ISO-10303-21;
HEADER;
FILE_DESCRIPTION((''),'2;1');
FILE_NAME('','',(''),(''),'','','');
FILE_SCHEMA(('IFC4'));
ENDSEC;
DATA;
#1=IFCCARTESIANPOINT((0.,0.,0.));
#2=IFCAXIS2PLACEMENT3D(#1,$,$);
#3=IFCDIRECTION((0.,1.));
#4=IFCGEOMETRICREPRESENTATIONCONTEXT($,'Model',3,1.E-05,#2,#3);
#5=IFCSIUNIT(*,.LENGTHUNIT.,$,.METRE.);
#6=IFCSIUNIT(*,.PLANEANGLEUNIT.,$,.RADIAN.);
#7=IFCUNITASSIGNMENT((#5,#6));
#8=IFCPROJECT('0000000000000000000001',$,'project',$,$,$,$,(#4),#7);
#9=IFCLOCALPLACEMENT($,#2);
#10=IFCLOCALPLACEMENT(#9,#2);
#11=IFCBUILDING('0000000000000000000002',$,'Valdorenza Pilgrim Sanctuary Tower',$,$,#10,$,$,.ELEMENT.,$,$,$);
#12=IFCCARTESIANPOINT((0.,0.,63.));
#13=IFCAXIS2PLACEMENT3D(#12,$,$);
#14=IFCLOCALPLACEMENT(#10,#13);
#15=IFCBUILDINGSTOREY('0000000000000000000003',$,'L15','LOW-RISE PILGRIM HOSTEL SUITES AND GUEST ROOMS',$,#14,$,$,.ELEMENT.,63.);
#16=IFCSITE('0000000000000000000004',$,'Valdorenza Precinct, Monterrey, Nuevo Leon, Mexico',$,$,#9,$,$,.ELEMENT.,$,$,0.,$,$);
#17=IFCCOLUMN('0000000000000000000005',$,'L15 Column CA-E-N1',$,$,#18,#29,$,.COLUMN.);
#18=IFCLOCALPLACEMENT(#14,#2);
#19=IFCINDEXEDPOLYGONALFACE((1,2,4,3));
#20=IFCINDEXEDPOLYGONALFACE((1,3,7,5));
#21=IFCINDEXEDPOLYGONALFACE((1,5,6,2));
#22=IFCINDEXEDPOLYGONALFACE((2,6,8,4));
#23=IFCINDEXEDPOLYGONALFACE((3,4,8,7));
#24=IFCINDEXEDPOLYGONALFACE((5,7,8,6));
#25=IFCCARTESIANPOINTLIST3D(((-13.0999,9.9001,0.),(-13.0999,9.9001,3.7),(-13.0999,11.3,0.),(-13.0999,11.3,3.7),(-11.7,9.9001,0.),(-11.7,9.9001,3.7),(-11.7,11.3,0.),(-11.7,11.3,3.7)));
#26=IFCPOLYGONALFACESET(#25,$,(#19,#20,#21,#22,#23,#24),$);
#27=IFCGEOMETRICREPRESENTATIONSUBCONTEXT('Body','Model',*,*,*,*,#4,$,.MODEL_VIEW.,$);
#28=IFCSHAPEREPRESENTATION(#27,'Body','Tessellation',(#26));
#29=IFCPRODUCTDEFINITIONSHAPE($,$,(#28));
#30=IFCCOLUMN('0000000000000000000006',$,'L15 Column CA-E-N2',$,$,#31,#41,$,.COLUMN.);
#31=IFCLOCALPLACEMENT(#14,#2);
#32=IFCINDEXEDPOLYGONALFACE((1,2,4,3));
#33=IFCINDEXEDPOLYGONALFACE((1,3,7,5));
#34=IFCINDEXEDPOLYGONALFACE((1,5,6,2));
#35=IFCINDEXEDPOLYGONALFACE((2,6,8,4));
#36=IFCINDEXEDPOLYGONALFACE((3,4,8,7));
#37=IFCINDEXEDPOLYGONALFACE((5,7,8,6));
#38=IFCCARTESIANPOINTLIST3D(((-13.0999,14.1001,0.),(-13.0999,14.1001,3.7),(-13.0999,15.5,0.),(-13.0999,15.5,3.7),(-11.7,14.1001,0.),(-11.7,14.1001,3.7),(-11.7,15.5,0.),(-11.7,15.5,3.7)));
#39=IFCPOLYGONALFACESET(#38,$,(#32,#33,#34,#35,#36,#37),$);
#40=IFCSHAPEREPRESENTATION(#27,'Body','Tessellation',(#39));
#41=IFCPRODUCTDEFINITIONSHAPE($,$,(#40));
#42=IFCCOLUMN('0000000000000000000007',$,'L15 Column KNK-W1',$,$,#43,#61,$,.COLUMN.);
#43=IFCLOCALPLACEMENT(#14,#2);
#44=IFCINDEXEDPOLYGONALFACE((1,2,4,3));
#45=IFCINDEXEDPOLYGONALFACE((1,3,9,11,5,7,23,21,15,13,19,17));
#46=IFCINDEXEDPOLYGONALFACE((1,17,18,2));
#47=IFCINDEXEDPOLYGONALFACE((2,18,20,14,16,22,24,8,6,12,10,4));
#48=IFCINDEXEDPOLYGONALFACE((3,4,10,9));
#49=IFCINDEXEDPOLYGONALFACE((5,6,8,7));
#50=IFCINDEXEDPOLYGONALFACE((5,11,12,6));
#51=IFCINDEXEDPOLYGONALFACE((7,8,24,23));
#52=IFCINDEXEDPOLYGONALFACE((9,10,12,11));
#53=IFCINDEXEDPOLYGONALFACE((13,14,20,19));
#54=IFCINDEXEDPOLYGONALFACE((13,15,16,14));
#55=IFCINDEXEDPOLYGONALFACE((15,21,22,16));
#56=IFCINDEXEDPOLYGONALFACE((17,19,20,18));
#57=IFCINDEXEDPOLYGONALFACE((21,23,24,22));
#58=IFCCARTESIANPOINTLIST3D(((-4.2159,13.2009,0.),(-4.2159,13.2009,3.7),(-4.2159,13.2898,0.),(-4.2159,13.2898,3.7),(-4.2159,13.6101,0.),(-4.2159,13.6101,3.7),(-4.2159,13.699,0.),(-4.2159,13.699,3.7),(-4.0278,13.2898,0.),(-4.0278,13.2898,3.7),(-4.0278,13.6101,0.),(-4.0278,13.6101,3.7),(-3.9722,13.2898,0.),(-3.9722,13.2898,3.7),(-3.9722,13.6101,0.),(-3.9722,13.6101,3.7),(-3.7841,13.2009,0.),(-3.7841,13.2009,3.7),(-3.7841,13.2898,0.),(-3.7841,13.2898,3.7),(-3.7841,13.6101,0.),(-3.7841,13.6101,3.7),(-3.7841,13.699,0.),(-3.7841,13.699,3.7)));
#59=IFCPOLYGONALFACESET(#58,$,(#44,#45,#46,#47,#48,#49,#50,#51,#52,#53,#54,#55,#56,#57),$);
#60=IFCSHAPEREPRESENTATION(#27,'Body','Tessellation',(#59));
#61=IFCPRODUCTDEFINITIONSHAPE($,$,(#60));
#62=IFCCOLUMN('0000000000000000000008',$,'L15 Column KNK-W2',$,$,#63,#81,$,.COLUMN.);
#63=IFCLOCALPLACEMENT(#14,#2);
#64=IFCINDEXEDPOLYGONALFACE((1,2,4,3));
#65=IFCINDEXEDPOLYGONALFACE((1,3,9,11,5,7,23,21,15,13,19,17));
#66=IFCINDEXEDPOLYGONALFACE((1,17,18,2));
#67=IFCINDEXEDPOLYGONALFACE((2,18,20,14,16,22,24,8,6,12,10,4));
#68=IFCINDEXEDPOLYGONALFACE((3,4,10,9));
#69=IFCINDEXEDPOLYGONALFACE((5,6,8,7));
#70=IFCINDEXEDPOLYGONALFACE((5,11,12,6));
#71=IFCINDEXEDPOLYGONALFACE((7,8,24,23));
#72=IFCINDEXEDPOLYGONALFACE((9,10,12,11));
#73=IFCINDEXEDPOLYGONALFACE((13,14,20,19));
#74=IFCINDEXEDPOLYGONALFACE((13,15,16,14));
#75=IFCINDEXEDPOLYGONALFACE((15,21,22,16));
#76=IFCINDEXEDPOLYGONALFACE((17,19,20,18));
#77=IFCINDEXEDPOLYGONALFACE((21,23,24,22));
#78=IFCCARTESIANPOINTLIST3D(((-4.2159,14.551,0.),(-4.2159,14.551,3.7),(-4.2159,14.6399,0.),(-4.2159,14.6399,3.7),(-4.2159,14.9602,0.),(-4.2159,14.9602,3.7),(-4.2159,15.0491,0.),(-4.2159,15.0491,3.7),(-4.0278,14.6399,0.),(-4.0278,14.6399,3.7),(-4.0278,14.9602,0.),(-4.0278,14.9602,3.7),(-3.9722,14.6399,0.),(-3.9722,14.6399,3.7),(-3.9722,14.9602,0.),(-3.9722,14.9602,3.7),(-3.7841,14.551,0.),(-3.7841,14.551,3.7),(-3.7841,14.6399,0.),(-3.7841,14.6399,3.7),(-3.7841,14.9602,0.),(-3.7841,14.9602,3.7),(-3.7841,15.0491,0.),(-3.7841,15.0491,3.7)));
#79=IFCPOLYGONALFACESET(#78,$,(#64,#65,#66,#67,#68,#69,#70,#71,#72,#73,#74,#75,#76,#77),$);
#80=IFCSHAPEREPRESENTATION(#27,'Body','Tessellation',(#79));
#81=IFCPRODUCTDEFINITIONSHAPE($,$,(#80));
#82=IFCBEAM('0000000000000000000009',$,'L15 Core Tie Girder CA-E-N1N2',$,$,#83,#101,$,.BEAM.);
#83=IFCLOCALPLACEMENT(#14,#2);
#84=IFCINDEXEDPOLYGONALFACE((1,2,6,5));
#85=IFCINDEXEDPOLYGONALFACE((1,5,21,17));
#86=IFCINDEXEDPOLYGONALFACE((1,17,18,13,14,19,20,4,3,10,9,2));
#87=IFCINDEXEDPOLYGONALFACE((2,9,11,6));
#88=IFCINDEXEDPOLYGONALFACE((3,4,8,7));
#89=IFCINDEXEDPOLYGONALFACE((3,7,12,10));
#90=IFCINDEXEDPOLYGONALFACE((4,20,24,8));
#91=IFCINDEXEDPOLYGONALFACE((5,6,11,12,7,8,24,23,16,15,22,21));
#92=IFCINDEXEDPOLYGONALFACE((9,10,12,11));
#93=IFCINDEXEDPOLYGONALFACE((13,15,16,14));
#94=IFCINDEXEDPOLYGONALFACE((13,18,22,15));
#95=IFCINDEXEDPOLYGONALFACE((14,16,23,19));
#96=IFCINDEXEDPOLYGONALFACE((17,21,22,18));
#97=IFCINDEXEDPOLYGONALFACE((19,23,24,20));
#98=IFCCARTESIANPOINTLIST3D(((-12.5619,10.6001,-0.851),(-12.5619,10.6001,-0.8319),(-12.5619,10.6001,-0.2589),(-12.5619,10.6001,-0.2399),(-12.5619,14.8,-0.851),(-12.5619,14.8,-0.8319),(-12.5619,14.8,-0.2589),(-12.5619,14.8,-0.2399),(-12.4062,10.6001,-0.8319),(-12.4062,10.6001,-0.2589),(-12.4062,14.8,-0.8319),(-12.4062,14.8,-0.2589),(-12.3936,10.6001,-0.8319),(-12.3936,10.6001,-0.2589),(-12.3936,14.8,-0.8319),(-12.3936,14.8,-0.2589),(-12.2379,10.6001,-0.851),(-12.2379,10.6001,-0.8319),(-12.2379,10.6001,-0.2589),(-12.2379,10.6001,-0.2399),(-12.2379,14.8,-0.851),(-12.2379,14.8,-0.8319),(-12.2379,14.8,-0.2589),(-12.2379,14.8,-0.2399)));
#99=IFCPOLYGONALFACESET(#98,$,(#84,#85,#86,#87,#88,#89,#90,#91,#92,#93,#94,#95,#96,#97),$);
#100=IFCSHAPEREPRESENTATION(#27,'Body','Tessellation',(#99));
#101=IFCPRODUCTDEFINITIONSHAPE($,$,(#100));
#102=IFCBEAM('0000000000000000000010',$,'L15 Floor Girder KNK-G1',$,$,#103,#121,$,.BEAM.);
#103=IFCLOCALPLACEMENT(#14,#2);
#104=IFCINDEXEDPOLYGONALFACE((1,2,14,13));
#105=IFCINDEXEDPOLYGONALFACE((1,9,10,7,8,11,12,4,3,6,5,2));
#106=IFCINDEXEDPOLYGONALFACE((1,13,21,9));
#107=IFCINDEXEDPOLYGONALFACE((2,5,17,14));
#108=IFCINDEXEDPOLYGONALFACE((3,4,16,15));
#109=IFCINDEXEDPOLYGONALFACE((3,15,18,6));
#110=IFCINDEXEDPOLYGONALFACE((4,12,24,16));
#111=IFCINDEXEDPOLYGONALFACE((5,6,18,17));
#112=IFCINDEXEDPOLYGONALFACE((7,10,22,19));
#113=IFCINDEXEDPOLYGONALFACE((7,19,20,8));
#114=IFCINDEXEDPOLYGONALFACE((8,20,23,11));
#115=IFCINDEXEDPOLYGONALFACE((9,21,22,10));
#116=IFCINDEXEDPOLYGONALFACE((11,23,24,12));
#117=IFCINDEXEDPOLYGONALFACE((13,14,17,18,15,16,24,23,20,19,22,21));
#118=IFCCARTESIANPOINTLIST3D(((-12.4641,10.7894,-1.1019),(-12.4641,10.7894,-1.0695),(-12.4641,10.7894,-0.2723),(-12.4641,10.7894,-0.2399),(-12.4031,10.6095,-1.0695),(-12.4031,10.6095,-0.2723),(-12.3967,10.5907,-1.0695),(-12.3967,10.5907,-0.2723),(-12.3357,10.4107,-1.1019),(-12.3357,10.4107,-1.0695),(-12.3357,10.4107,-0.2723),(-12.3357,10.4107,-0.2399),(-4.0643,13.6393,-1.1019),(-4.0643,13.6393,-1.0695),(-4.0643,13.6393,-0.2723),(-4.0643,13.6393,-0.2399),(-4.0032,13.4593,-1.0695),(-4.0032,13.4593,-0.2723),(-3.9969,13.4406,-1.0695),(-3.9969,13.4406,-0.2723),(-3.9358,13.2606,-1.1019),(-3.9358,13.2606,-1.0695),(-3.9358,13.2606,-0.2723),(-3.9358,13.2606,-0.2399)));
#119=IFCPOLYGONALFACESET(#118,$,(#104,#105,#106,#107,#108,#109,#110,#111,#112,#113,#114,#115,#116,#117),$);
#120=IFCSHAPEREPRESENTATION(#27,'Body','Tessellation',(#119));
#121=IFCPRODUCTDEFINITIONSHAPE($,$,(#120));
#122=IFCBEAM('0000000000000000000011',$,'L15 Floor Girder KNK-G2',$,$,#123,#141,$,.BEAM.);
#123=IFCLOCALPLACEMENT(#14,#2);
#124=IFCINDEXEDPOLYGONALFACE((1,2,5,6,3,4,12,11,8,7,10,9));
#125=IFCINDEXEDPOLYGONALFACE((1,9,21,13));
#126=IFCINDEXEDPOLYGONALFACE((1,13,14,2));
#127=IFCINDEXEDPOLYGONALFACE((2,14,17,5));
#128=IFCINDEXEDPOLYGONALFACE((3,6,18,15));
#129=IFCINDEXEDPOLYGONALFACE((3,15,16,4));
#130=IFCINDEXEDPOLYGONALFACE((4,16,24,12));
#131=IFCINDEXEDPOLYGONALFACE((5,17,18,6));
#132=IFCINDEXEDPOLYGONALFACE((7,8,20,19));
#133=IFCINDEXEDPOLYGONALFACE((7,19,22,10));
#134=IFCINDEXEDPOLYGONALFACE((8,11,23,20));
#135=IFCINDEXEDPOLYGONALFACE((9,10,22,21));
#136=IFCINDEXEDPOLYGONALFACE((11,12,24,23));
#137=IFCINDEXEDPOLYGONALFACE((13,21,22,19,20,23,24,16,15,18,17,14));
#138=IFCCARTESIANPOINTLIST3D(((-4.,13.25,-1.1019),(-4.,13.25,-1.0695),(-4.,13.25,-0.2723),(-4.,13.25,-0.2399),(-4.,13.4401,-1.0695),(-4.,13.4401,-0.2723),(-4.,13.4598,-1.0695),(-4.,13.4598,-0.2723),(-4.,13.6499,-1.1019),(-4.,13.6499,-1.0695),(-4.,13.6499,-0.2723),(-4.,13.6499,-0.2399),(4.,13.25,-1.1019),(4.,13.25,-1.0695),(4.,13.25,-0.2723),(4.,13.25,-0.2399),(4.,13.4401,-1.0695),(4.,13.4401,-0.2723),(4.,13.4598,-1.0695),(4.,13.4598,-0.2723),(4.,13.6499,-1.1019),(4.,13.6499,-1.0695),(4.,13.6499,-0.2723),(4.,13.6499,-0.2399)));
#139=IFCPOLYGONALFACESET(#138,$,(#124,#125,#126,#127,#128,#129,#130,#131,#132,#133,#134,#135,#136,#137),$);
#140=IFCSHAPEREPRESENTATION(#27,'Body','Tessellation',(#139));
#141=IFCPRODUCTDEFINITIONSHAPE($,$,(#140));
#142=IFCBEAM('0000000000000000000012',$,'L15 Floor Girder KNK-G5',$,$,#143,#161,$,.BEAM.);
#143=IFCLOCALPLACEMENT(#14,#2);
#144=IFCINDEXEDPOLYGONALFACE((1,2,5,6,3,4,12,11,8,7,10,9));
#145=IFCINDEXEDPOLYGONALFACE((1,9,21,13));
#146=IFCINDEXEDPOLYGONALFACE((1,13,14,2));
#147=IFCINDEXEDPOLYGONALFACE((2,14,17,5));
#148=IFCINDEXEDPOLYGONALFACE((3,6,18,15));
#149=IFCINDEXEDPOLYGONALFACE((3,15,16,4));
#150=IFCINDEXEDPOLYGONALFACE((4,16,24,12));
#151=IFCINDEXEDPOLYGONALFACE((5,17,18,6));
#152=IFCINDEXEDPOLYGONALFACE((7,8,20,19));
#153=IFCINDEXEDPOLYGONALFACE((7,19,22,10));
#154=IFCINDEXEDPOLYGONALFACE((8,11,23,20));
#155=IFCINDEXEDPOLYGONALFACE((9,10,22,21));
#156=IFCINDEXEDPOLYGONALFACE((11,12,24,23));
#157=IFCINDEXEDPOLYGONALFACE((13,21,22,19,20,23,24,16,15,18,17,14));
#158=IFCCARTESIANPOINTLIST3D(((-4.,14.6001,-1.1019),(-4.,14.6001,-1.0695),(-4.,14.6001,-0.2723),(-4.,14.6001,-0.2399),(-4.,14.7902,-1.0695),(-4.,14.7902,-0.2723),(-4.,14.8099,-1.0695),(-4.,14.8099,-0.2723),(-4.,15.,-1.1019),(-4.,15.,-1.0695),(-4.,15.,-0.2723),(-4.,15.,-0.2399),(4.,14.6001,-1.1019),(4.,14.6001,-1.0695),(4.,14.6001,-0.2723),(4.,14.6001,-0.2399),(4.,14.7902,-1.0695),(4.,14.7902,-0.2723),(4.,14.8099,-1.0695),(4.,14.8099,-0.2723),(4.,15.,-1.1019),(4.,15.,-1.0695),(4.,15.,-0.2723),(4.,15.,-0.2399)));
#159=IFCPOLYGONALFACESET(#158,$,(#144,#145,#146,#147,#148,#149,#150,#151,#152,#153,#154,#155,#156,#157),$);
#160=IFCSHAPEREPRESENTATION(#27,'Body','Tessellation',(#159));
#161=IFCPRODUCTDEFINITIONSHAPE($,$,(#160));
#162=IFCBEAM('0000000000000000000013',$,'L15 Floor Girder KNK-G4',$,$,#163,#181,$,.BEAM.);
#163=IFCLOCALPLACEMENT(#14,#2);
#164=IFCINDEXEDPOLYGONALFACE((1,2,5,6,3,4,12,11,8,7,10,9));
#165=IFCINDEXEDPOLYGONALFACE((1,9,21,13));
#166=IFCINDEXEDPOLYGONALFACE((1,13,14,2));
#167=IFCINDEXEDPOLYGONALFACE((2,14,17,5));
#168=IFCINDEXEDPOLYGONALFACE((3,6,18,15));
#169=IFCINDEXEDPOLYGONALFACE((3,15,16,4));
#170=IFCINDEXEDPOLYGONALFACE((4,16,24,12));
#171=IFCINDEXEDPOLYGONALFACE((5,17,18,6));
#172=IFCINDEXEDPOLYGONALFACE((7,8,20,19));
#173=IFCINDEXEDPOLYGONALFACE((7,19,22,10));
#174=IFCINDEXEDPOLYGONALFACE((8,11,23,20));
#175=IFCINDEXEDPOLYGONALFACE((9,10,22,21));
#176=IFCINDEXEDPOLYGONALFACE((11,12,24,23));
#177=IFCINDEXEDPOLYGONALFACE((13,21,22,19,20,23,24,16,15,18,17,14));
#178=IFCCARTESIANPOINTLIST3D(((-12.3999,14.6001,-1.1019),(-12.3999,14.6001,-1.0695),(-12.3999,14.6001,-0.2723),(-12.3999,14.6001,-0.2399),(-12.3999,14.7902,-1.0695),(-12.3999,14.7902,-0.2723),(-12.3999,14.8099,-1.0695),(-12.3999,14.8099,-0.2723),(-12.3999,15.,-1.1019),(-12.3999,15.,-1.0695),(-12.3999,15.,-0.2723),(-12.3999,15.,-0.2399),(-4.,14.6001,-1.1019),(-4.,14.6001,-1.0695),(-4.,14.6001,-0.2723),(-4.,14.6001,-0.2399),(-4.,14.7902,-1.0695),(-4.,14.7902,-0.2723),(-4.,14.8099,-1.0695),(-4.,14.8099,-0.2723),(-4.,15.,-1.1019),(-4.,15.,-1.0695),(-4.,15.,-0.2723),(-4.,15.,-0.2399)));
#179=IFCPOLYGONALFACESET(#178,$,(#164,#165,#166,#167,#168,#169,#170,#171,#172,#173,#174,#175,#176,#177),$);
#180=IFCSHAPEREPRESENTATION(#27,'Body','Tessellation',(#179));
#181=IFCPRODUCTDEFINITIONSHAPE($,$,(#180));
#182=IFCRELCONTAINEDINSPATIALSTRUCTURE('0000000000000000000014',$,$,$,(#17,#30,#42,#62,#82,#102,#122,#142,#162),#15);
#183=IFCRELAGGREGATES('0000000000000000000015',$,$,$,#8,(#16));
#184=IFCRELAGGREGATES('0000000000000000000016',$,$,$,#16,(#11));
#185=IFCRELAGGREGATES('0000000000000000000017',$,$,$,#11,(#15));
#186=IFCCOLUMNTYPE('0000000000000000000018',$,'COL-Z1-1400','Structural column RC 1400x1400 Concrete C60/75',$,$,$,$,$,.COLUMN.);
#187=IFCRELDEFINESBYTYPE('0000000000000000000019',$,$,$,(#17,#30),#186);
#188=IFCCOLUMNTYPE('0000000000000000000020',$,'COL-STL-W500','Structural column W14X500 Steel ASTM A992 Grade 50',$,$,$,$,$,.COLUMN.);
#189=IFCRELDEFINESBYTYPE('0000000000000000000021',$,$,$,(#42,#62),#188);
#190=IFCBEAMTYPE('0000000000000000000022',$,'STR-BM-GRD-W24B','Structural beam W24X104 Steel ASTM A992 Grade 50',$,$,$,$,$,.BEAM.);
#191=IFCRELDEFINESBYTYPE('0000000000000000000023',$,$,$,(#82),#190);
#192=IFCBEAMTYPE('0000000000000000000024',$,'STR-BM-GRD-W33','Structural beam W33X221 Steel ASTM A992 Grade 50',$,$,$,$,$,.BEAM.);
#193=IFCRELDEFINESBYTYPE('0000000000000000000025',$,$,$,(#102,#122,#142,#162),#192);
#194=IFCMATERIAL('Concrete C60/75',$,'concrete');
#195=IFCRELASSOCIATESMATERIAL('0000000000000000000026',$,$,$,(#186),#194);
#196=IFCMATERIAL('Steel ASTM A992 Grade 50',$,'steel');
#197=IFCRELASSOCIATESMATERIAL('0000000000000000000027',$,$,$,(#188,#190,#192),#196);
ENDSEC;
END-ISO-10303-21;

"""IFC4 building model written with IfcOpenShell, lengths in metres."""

from ifc_helpers import new_model, si_unit, direction, frame, origin, origin_2d, place, context, subcontext, project, spatial, rectangle, i_section, extrude, source, transform, mapped, material, material_profile, profile_set, type_object, element, save


model = new_model("IFC4")

# Units and contexts
model_context = context("Model", 3, precision=1e-05, world=origin(), true_north=direction((0.0, 1.0)))
body_context = subcontext(model_context, "Body", "Model", "MODEL_VIEW")
ifc_project = project(units=[si_unit("LENGTHUNIT", "METRE"), si_unit("PLANEANGLEUNIT", "RADIAN")], contexts=[model_context])

# Site, building, storey
site_placement = place(None, origin())
site = spatial("IfcSite", under=ifc_project, at=site_placement, Name="Valdorenza Precinct, Monterrey, Nuevo Leon, Mexico", CompositionType="ELEMENT", RefElevation=0.0)
building_placement = place(site_placement, origin())
building = spatial("IfcBuilding", under=site, at=building_placement, Name="Valdorenza Pilgrim Sanctuary Tower", CompositionType="ELEMENT")
storey_placement = place(building_placement, frame((0.0, 0.0, 63.0)))
storey = spatial("IfcBuildingStorey", under=building, at=storey_placement, Name="L15", Description="LOW-RISE PILGRIM HOSTEL SUITES AND GUEST ROOMS", CompositionType="ELEMENT", Elevation=63.0)

# Columns
ifc_material_1 = material(Name="Concrete C60/75", Category="concrete")
ifc_material_profile_1 = material_profile(ifc_material_1, rectangle(XDim=1.3999, YDim=1.3999, at=origin_2d()), Name="RC 1400x1400")
ifc_profile_set_1 = profile_set([ifc_material_profile_1], Name="Concrete C60/75")
column_type_1 = type_object("IfcColumnType", Name="COL-Z1-1400", Description="Structural column RC 1400x1400 Concrete C60/75", PredefinedType="COLUMN", material=ifc_profile_set_1)
shared_shape_1 = source(origin(), body_context, "Body", "SweptSolid", [
    extrude(rectangle(XDim=1.3999, YDim=1.3999, at=origin_2d()), origin(), (0.0, 0.0, 1.0), 3.7),
])
for number, where, z_axis, x_axis, name in (
    (1, (-12.3999, 10.6001, 0.0), (0.0, 0.0, 1.0), (1.0, 0.0, 0.0), "L15 Column CA-E-N1"),
    (2, (-12.3999, 14.8, 0.0), (0.0, 0.0, 1.0), (1.0, 0.0, 0.0), "L15 Column CA-E-N2"),
):
    element("IfcColumn", number, at=place(storey_placement, frame(where, z_axis=z_axis, x_axis=x_axis)), inside=storey, type_object=column_type_1, Name=name, PredefinedType="COLUMN", context=body_context, shape_type="MappedRepresentation", body=[
        mapped(shared_shape_1, transform((0.0, 0.0, 0.0), x_axis=(1.0, 0.0, 0.0), y_axis=(0.0, 1.0, 0.0), z_axis=(0.0, 0.0, 1.0), scale=1.0)),
    ])
ifc_material_2 = material(Name="Steel ASTM A992 Grade 50", Category="steel")
ifc_material_profile_2 = material_profile(ifc_material_2, i_section(OverallWidth=0.4319, OverallDepth=0.498, WebThickness=0.0557, FlangeThickness=0.0889, at=origin_2d()), Name="W14X500")
ifc_profile_set_2 = profile_set([ifc_material_profile_2], Name="Steel ASTM A992 Grade 50")
column_type_2 = type_object("IfcColumnType", Name="COL-STL-W500", Description="Structural column W14X500 Steel ASTM A992 Grade 50", PredefinedType="COLUMN", material=ifc_profile_set_2)
shared_shape_2 = source(origin(), body_context, "Body", "SweptSolid", [
    extrude(i_section(OverallWidth=0.4319, OverallDepth=0.498, WebThickness=0.0557, FlangeThickness=0.0889, at=origin_2d()), origin(), (0.0, 0.0, 1.0), 3.7),
])
for number, where, z_axis, x_axis, name in (
    (3, (-4.0, 13.45, 0.0), (0.0, 0.0, 1.0), (1.0, 0.0, 0.0), "L15 Column KNK-W1"),
    (4, (-4.0, 14.8, 0.0), (0.0, 0.0, 1.0), (1.0, 0.0, 0.0), "L15 Column KNK-W2"),
):
    element("IfcColumn", number, at=place(storey_placement, frame(where, z_axis=z_axis, x_axis=x_axis)), inside=storey, type_object=column_type_2, Name=name, PredefinedType="COLUMN", context=body_context, shape_type="MappedRepresentation", body=[
        mapped(shared_shape_2, transform((0.0, 0.0, 0.0), x_axis=(1.0, 0.0, 0.0), y_axis=(0.0, 1.0, 0.0), z_axis=(0.0, 0.0, 1.0), scale=1.0)),
    ])

# Beams
ifc_material_profile_3 = material_profile(ifc_material_2, i_section(OverallWidth=0.324, OverallDepth=0.6111, WebThickness=0.0127, FlangeThickness=0.019, at=origin_2d()), Name="W24X104")
ifc_profile_set_3 = profile_set([ifc_material_profile_3], Name="Steel ASTM A992 Grade 50")
beam_type_1 = type_object("IfcBeamType", Name="STR-BM-GRD-W24B", Description="Structural beam W24X104 Steel ASTM A992 Grade 50", PredefinedType="BEAM", material=ifc_profile_set_3)
shared_shape_3 = source(origin(), body_context, "Body", "SweptSolid", [
    extrude(i_section(OverallWidth=0.324, OverallDepth=0.6111, WebThickness=0.0127, FlangeThickness=0.019, at=origin_2d()), origin(), (0.0, 0.0, 1.0), 4.2),
])
beam_1_placement = place(storey_placement, frame((-12.3999, 10.6001, -0.5454), z_axis=(0.0, 1.0, 0.0), x_axis=(-1.0, 0.0, 0.0)))
element("IfcBeam", 5, at=beam_1_placement, inside=storey, type_object=beam_type_1, Name="L15 Core Tie Girder CA-E-N1N2", PredefinedType="BEAM", context=body_context, shape_type="MappedRepresentation", body=[
    mapped(shared_shape_3, transform((0.0, 0.0, 0.0), x_axis=(1.0, 0.0, 0.0), y_axis=(0.0, 1.0, 0.0), z_axis=(0.0, 0.0, 1.0), scale=1.0)),
])
ifc_material_profile_4 = material_profile(ifc_material_2, i_section(OverallWidth=0.3999, OverallDepth=0.8621, WebThickness=0.0198, FlangeThickness=0.0325, at=origin_2d()), Name="W33X221")
ifc_profile_set_4 = profile_set([ifc_material_profile_4], Name="Steel ASTM A992 Grade 50")
beam_type_2 = type_object("IfcBeamType", Name="STR-BM-GRD-W33", Description="Structural beam W33X221 Steel ASTM A992 Grade 50", PredefinedType="BEAM", material=ifc_profile_set_4)
shared_shape_4 = source(origin(), body_context, "Body", "SweptSolid", [
    extrude(i_section(OverallWidth=0.3999, OverallDepth=0.8621, WebThickness=0.0198, FlangeThickness=0.0325, at=origin_2d()), origin(), (0.0, 0.0, 1.0), 8.8701),
])
beam_2_placement = place(storey_placement, frame((-12.3999, 10.6001, -0.6709), z_axis=(0.946983, 0.321285, 0.0), x_axis=(-0.321285, 0.946983, 0.0)))
element("IfcBeam", 6, at=beam_2_placement, inside=storey, type_object=beam_type_2, Name="L15 Floor Girder KNK-G1", PredefinedType="BEAM", context=body_context, shape_type="MappedRepresentation", body=[
    mapped(shared_shape_4, transform((0.0, 0.0, 0.0), x_axis=(1.0, 0.0, 0.0), y_axis=(0.0, 1.0, 0.0), z_axis=(0.0, 0.0, 1.0), scale=1.0)),
])
shared_shape_5 = source(origin(), body_context, "Body", "SweptSolid", [
    extrude(i_section(OverallWidth=0.3999, OverallDepth=0.8621, WebThickness=0.0198, FlangeThickness=0.0325, at=origin_2d()), origin(), (0.0, 0.0, 1.0), 8.0),
])
for number, where, z_axis, x_axis, name in (
    (7, (-4.0, 13.45, -0.6709), (1.0, 0.0, 0.0), (0.0, 1.0, 0.0), "L15 Floor Girder KNK-G2"),
    (8, (-4.0, 14.8, -0.6709), (1.0, 0.0, 0.0), (0.0, 1.0, 0.0), "L15 Floor Girder KNK-G5"),
):
    element("IfcBeam", number, at=place(storey_placement, frame(where, z_axis=z_axis, x_axis=x_axis)), inside=storey, type_object=beam_type_2, Name=name, PredefinedType="BEAM", context=body_context, shape_type="MappedRepresentation", body=[
        mapped(shared_shape_5, transform((0.0, 0.0, 0.0), x_axis=(1.0, 0.0, 0.0), y_axis=(0.0, 1.0, 0.0), z_axis=(0.0, 0.0, 1.0), scale=1.0)),
    ])
shared_shape_6 = source(origin(), body_context, "Body", "SweptSolid", [
    extrude(i_section(OverallWidth=0.3999, OverallDepth=0.8621, WebThickness=0.0198, FlangeThickness=0.0325, at=origin_2d()), origin(), (0.0, 0.0, 1.0), 8.3999),
])
beam_3_placement = place(storey_placement, frame((-12.3999, 14.8, -0.6709), z_axis=(1.0, 0.0, 0.0), x_axis=(0.0, 1.0, 0.0)))
element("IfcBeam", 9, at=beam_3_placement, inside=storey, type_object=beam_type_2, Name="L15 Floor Girder KNK-G4", PredefinedType="BEAM", context=body_context, shape_type="MappedRepresentation", body=[
    mapped(shared_shape_6, transform((0.0, 0.0, 0.0), x_axis=(1.0, 0.0, 0.0), y_axis=(0.0, 1.0, 0.0), z_axis=(0.0, 0.0, 1.0), scale=1.0)),
])

save(model, "model.ifc")
